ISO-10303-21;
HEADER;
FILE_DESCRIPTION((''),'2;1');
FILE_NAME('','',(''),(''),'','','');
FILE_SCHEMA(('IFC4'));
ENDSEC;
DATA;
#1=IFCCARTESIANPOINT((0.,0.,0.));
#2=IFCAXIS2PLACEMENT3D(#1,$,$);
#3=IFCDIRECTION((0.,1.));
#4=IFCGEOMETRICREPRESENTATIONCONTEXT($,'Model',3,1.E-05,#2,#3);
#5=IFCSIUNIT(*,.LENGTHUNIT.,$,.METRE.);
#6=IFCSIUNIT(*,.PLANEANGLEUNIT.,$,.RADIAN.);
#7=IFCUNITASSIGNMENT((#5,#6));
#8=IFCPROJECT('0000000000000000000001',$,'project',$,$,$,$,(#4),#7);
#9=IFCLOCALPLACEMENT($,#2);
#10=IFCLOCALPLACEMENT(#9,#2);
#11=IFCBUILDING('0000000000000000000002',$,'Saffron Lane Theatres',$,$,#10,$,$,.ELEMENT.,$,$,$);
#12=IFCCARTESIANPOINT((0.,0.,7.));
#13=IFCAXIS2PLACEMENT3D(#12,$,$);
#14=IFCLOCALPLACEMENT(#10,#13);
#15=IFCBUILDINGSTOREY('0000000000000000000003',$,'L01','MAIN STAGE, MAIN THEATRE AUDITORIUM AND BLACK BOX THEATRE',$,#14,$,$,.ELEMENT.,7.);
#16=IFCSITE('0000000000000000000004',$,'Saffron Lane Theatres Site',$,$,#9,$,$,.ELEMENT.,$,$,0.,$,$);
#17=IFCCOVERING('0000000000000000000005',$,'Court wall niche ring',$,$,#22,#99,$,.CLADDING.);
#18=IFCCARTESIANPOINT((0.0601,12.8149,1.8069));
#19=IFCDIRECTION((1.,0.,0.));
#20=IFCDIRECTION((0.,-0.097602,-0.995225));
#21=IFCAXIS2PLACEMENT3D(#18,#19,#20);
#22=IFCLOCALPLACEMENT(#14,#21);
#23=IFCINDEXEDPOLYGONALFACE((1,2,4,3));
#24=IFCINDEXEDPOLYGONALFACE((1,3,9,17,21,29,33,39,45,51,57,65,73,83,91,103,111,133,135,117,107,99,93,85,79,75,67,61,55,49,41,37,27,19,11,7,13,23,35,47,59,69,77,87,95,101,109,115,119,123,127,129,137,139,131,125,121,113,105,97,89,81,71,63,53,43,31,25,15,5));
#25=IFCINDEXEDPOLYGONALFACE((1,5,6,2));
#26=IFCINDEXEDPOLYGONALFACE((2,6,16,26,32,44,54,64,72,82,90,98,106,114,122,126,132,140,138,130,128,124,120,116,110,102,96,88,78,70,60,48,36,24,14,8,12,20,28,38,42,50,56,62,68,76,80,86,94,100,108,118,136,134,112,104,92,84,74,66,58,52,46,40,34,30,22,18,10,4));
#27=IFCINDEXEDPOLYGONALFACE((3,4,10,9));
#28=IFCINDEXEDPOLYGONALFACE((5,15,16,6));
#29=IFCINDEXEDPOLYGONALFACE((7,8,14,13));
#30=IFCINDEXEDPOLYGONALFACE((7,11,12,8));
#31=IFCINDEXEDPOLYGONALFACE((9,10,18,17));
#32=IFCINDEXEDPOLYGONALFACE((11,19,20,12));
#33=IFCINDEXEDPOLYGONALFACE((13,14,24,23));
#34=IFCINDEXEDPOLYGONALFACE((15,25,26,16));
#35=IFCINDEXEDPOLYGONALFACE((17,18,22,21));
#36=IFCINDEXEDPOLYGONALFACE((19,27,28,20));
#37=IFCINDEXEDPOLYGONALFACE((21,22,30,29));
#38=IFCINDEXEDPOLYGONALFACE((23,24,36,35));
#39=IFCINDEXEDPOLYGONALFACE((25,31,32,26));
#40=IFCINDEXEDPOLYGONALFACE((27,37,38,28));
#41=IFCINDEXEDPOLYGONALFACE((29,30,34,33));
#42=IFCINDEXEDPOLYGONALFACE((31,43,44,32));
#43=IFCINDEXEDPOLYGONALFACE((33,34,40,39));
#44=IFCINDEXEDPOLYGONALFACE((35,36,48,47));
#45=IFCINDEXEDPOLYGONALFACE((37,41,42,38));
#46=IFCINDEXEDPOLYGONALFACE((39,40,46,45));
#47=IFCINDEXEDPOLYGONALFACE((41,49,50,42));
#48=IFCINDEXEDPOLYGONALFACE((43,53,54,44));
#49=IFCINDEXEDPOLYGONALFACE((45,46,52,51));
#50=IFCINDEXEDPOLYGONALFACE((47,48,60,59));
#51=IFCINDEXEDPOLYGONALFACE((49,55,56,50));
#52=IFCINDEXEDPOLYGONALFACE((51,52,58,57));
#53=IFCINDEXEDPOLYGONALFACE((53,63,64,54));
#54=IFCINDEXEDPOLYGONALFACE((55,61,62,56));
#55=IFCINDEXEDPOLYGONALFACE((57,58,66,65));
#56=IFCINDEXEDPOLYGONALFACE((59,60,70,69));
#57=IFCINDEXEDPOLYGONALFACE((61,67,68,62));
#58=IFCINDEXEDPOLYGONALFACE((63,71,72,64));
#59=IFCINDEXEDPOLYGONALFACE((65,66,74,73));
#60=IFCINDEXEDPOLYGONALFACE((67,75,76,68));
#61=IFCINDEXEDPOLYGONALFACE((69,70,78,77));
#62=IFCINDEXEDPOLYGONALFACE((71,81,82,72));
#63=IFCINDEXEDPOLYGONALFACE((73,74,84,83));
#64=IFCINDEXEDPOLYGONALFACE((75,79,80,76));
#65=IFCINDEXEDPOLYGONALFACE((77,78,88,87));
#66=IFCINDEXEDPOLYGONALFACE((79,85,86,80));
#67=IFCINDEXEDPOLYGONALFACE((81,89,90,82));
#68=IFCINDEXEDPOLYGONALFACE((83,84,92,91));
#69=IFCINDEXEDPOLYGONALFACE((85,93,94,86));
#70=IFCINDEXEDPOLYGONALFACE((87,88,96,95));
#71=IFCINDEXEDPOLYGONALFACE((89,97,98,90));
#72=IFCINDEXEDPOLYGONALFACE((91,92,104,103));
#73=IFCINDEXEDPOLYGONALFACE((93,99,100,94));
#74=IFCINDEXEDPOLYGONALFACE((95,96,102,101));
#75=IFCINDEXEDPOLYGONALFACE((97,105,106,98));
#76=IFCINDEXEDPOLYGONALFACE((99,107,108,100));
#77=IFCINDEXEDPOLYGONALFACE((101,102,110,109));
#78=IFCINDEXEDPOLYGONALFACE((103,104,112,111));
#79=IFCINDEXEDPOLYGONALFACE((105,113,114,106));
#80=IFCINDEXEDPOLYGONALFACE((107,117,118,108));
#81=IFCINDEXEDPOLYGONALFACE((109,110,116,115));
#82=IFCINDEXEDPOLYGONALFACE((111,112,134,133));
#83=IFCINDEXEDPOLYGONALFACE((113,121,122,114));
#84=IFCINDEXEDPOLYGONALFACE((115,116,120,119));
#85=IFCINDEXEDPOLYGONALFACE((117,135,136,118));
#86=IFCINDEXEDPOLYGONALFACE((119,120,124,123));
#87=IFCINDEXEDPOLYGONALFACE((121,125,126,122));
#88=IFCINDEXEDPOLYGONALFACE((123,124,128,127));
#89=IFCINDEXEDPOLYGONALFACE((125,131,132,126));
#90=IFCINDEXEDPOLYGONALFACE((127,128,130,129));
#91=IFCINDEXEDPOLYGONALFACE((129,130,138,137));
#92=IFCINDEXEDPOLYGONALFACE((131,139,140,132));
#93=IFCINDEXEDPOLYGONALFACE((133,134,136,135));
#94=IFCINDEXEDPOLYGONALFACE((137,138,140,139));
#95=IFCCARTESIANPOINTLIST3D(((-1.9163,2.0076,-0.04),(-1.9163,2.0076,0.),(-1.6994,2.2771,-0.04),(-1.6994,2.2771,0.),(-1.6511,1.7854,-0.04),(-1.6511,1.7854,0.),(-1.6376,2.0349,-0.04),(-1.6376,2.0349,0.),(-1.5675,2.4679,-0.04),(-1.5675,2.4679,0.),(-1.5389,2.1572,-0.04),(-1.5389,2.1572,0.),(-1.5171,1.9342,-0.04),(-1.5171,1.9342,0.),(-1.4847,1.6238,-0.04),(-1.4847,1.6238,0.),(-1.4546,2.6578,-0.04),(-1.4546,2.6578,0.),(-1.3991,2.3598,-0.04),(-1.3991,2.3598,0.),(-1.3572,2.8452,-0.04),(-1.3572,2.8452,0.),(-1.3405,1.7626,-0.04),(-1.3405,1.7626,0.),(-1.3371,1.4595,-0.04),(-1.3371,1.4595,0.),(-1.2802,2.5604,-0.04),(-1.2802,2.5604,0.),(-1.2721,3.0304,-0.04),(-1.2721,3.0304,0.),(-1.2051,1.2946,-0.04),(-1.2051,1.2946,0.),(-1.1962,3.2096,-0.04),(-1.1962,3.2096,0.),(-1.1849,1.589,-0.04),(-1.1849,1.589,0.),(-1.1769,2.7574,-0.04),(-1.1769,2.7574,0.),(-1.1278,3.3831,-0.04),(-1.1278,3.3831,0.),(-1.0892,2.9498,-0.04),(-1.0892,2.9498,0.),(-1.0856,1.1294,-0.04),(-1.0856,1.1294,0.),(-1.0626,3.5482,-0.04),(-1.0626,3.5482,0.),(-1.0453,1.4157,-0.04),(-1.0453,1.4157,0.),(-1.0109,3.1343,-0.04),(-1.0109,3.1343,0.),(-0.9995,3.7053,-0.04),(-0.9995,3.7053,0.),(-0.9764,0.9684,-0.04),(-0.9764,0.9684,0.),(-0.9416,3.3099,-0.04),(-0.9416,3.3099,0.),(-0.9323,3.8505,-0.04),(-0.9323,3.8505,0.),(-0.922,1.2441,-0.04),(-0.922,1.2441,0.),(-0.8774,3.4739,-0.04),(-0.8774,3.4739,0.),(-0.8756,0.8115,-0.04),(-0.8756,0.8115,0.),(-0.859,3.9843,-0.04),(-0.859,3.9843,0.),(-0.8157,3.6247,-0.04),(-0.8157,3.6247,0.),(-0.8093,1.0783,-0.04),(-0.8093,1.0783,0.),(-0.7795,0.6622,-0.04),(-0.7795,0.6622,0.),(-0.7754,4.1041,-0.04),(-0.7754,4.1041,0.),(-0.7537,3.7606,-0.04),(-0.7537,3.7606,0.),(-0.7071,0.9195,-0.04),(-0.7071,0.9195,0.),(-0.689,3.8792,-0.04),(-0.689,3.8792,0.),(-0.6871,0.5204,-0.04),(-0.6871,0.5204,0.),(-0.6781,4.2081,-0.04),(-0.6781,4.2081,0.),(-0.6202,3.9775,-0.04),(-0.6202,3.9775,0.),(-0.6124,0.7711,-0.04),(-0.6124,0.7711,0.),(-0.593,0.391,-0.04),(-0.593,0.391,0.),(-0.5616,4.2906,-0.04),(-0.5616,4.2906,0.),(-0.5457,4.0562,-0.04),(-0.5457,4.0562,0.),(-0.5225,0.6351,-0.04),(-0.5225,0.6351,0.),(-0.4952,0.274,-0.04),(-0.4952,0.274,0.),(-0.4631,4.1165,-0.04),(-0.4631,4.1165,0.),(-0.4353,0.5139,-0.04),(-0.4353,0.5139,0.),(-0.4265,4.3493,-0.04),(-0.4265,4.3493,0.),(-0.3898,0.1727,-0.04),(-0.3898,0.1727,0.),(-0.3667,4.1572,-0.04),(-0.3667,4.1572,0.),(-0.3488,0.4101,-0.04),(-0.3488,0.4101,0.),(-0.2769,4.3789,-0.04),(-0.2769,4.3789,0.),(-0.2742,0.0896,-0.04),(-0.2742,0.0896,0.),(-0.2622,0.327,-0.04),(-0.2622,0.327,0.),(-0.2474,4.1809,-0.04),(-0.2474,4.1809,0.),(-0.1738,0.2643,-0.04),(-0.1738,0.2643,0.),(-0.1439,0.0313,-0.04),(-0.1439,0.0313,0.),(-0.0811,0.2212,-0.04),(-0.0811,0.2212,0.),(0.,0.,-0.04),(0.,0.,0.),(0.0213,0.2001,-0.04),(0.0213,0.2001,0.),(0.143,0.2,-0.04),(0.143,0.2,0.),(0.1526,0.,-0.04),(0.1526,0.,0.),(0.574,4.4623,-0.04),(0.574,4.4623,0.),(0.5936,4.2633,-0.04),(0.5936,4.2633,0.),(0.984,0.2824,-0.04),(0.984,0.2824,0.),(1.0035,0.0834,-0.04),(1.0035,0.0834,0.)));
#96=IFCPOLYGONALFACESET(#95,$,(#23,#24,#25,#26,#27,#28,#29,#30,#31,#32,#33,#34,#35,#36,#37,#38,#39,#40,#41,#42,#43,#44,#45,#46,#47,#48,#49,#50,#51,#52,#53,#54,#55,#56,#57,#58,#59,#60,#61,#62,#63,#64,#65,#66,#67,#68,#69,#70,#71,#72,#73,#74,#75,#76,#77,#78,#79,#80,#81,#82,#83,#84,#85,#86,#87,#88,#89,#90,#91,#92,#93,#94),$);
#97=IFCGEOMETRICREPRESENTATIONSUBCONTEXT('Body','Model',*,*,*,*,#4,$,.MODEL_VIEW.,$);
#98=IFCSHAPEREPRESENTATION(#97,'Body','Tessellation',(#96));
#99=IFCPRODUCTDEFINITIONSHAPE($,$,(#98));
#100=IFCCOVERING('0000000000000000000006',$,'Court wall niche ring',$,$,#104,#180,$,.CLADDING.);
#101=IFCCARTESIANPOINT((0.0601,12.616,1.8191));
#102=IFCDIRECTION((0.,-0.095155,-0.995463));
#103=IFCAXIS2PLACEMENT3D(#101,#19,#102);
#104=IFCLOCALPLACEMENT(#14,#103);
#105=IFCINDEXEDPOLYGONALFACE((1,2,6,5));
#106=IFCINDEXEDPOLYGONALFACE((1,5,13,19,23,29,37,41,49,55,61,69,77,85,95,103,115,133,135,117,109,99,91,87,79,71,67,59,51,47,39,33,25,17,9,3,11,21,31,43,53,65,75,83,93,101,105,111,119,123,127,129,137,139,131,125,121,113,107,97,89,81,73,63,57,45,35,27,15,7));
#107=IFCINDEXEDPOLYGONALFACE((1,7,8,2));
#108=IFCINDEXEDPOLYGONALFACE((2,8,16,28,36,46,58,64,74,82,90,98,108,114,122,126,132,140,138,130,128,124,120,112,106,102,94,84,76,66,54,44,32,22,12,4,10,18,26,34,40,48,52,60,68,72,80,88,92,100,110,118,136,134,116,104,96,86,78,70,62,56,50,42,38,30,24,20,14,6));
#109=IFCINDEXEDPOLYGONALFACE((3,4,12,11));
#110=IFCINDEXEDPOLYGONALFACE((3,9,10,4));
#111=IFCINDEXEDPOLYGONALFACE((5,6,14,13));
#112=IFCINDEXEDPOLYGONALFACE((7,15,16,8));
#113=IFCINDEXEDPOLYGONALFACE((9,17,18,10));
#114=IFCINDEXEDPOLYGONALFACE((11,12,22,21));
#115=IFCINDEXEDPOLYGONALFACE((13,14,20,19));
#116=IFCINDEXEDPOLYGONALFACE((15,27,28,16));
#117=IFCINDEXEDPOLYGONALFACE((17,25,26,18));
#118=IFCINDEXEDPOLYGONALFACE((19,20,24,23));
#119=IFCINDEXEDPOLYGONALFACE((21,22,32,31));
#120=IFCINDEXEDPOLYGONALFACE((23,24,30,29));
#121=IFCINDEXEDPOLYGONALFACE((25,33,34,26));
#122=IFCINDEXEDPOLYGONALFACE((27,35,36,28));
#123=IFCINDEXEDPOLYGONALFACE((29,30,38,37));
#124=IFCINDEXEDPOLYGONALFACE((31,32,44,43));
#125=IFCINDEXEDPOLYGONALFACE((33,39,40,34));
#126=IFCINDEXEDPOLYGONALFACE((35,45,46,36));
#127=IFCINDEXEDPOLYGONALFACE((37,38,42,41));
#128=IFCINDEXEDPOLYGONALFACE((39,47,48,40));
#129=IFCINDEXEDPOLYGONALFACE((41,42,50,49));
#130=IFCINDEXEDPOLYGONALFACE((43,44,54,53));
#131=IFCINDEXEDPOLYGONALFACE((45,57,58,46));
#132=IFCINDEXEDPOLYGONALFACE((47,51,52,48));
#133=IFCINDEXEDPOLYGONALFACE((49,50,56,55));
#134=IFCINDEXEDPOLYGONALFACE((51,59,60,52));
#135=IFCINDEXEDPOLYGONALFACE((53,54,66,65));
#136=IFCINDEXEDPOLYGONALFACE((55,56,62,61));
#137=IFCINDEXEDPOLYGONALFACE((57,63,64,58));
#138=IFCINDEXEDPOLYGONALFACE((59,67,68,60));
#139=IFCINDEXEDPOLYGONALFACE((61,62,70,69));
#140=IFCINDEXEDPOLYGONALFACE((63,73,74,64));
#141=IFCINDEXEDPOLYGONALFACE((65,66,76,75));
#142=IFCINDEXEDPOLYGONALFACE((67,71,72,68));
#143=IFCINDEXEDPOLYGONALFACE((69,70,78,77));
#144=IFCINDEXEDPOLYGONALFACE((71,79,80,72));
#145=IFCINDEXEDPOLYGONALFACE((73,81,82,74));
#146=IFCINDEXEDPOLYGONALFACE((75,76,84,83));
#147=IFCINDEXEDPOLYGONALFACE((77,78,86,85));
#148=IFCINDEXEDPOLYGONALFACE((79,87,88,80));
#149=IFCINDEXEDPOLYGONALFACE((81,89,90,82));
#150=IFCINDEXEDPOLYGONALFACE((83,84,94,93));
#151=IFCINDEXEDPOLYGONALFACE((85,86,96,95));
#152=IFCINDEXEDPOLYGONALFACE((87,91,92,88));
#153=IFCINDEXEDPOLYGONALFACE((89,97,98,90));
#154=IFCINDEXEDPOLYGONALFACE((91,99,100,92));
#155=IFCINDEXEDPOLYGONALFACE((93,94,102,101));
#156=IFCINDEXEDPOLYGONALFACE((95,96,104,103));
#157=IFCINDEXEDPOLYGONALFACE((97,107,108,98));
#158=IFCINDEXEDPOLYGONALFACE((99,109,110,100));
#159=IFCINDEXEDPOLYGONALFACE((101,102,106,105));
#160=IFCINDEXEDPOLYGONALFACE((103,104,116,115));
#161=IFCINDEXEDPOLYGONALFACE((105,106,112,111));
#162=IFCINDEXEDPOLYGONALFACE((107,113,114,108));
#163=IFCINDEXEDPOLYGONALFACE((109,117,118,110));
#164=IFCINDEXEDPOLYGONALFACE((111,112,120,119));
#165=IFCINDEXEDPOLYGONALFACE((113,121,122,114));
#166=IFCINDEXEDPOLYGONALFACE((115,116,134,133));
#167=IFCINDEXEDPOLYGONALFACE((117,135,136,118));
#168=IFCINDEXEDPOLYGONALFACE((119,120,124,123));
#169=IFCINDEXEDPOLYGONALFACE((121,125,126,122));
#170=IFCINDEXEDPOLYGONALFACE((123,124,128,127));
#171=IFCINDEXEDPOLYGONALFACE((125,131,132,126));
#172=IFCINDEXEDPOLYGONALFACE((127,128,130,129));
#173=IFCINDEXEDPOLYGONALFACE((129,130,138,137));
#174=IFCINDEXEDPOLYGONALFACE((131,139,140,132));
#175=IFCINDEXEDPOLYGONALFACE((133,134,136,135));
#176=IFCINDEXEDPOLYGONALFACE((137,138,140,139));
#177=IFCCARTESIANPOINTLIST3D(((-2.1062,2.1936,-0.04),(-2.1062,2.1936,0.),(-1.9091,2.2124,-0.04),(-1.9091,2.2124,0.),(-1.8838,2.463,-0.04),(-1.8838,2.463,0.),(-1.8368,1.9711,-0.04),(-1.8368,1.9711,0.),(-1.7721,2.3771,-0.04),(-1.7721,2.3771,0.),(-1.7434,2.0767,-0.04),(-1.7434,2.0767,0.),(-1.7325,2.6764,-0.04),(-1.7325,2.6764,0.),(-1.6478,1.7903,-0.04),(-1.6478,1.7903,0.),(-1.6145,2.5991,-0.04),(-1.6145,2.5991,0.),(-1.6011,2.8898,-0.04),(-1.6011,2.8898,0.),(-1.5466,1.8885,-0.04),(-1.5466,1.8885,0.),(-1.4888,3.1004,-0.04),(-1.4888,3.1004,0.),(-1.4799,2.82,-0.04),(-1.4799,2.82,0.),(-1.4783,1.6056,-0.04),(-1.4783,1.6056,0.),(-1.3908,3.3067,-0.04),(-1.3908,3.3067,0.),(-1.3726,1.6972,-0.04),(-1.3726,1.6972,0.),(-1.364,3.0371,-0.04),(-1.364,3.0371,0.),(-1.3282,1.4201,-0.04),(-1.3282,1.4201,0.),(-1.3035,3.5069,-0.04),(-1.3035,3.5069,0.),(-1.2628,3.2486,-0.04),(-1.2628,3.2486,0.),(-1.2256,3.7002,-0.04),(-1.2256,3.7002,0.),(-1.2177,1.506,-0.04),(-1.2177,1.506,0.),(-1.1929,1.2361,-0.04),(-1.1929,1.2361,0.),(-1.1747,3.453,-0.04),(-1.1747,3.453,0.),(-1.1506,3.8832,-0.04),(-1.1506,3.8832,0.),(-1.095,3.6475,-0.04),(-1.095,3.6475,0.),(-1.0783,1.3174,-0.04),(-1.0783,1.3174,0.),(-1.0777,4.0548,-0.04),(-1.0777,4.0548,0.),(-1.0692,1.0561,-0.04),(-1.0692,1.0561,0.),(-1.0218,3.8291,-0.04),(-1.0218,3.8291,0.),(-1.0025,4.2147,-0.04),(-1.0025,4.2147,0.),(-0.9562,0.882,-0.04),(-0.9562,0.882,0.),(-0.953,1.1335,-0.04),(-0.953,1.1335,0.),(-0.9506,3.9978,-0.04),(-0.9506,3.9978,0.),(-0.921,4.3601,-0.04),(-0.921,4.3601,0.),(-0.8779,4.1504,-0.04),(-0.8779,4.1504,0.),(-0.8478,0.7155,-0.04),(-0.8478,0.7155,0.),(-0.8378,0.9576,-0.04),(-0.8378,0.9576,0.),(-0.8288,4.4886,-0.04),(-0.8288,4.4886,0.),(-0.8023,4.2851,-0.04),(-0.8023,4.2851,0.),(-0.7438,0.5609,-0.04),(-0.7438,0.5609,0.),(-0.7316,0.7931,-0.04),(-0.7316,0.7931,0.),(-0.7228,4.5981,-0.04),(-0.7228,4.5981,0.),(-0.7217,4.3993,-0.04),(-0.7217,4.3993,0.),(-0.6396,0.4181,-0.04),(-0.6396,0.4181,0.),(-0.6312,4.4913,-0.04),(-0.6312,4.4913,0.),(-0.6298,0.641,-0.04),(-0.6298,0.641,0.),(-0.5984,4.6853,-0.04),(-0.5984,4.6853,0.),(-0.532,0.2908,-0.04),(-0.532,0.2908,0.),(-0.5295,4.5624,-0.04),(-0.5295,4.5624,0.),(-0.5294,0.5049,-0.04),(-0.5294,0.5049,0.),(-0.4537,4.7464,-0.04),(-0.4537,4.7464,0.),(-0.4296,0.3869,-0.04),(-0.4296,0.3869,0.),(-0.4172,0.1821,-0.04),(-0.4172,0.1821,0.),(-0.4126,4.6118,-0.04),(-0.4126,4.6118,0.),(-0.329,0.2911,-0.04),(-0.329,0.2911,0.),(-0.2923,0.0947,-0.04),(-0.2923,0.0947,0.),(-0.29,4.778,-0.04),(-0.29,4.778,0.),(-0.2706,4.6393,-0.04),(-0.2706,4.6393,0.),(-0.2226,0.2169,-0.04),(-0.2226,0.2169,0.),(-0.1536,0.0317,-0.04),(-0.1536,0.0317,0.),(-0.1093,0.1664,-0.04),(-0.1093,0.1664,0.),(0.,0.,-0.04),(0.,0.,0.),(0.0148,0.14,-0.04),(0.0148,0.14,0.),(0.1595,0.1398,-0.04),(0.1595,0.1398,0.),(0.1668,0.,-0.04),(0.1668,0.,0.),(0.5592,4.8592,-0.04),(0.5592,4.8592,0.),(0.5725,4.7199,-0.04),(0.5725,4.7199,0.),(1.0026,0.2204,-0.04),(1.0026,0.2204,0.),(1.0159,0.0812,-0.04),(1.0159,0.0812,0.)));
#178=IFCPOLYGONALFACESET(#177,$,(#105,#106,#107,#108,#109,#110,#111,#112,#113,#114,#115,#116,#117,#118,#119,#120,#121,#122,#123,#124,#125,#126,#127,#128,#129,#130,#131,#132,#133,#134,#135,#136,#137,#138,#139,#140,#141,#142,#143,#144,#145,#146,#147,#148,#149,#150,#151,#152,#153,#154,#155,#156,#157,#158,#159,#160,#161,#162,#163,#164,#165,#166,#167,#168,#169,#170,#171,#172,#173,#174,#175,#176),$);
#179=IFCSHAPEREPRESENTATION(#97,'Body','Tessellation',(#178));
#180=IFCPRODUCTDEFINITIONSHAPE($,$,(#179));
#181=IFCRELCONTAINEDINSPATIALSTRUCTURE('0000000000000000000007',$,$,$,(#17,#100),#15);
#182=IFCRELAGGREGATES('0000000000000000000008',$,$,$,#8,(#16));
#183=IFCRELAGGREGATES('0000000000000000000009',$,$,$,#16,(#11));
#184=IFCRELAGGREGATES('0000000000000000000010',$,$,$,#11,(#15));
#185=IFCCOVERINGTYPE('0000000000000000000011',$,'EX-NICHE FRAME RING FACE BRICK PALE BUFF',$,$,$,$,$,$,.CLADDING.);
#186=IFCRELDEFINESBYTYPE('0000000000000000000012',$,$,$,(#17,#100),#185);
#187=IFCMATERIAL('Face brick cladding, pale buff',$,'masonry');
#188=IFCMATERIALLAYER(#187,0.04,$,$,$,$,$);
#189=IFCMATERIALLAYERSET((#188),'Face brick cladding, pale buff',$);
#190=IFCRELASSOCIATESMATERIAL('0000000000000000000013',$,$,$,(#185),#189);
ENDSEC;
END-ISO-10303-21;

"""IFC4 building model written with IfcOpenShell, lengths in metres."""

from ifc_helpers import new_model, si_unit, direction, frame, origin, place, context, subcontext, project, spatial, polyline, outline, extrude, material, layer, layer_set, type_object, element, save


model = new_model("IFC4")

# Units and contexts
model_context = context("Model", 3, precision=1e-05, world=origin(), true_north=direction((0.0, 1.0)))
body_context = subcontext(model_context, "Body", "Model", "MODEL_VIEW")
ifc_project = project(units=[si_unit("LENGTHUNIT", "METRE"), si_unit("PLANEANGLEUNIT", "RADIAN")], contexts=[model_context])

# Site, building, storey
site_placement = place(None, origin())
site = spatial("IfcSite", under=ifc_project, at=site_placement, Name="Saffron Lane Theatres Site", CompositionType="ELEMENT", RefElevation=0.0)
building_placement = place(site_placement, origin())
building = spatial("IfcBuilding", under=site, at=building_placement, Name="Saffron Lane Theatres", CompositionType="ELEMENT")
storey_placement = place(building_placement, frame((0.0, 0.0, 7.0)))
storey = spatial("IfcBuildingStorey", under=building, at=storey_placement, Name="L01", Description="MAIN STAGE, MAIN THEATRE AUDITORIUM AND BLACK BOX THEATRE", CompositionType="ELEMENT", Elevation=7.0)

# Coverings
ifc_material_1 = material(Name="Face brick cladding, pale buff", Category="masonry")
ifc_layer_1 = layer(ifc_material_1, 0.04)
ifc_layer_set_1 = layer_set([ifc_layer_1], Name="Face brick cladding, pale buff")
covering_type_1 = type_object("IfcCoveringType", Name="EX-NICHE FRAME RING FACE BRICK PALE BUFF", PredefinedType="CLADDING", material=ifc_layer_set_1)
covering_1_placement = place(storey_placement, frame((0.0601, 12.8149, 1.8069), z_axis=(1.0, 0.0, 0.0), x_axis=(0.0, -0.097602, -0.995225)))
element("IfcCovering", 1, at=covering_1_placement, inside=storey, type_object=covering_type_1, Name="Court wall niche ring", PredefinedType="CLADDING", context=body_context, shape_type="SweptSolid", body=[
    extrude(outline(polyline([(0.0, 0.0), (0.1526, 0.0), (1.0035, 0.0834), (0.984, 0.2824), (0.143, 0.2), (0.0213, 0.2001), (-0.0811, 0.2212), (-0.1738, 0.2643), (-0.2622, 0.327), (-0.3488, 0.4101), (-0.4353, 0.5139), (-0.5225, 0.6351), (-0.6124, 0.7711), (-0.7071, 0.9195), (-0.8093, 1.0783), (-0.922, 1.2441), (-1.0453, 1.4157), (-1.1849, 1.589), (-1.3405, 1.7626), (-1.5171, 1.9342), (-1.6376, 2.0349), (-1.5389, 2.1572), (-1.3991, 2.3598), (-1.2802, 2.5604), (-1.1769, 2.7574), (-1.0892, 2.9498), (-1.0109, 3.1343), (-0.9416, 3.3099), (-0.8774, 3.4739), (-0.8157, 3.6247), (-0.7537, 3.7606), (-0.689, 3.8792), (-0.6202, 3.9775), (-0.5457, 4.0562), (-0.4631, 4.1165), (-0.3667, 4.1572), (-0.2474, 4.1809), (0.5936, 4.2633), (0.574, 4.4623), (-0.2769, 4.3789), (-0.4265, 4.3493), (-0.5616, 4.2906), (-0.6781, 4.2081), (-0.7754, 4.1041), (-0.859, 3.9843), (-0.9323, 3.8505), (-0.9995, 3.7053), (-1.0626, 3.5482), (-1.1278, 3.3831), (-1.1962, 3.2096), (-1.2721, 3.0304), (-1.3572, 2.8452), (-1.4546, 2.6578), (-1.5675, 2.4679), (-1.6994, 2.2771), (-1.9163, 2.0076), (-1.6511, 1.7854), (-1.4847, 1.6238), (-1.3371, 1.4595), (-1.2051, 1.2946), (-1.0856, 1.1294), (-0.9764, 0.9684), (-0.8756, 0.8115), (-0.7795, 0.6622), (-0.6871, 0.5204), (-0.593, 0.391), (-0.4952, 0.274), (-0.3898, 0.1727), (-0.2742, 0.0896), (-0.1439, 0.0313), (0.0, 0.0)])), origin(), (0.0, 0.0, -1.0), 0.04),
])
covering_2_placement = place(storey_placement, frame((0.0601, 12.616, 1.8191), z_axis=(1.0, 0.0, 0.0), x_axis=(0.0, -0.095155, -0.995463)))
element("IfcCovering", 2, at=covering_2_placement, inside=storey, type_object=covering_type_1, Name="Court wall niche ring", PredefinedType="CLADDING", context=body_context, shape_type="SweptSolid", body=[
    extrude(outline(polyline([(0.0, 0.0), (0.1668, 0.0), (1.0159, 0.0812), (1.0026, 0.2204), (0.1595, 0.1398), (0.0148, 0.14), (-0.1093, 0.1664), (-0.2226, 0.2169), (-0.329, 0.2911), (-0.4296, 0.3869), (-0.5294, 0.5049), (-0.6298, 0.641), (-0.7316, 0.7931), (-0.8378, 0.9576), (-0.953, 1.1335), (-1.0783, 1.3174), (-1.2177, 1.506), (-1.3726, 1.6972), (-1.5466, 1.8885), (-1.7434, 2.0767), (-1.9091, 2.2124), (-1.7721, 2.3771), (-1.6145, 2.5991), (-1.4799, 2.82), (-1.364, 3.0371), (-1.2628, 3.2486), (-1.1747, 3.453), (-1.095, 3.6475), (-1.0218, 3.8291), (-0.9506, 3.9978), (-0.8779, 4.1504), (-0.8023, 4.2851), (-0.7217, 4.3993), (-0.6312, 4.4913), (-0.5295, 4.5624), (-0.4126, 4.6118), (-0.2706, 4.6393), (0.5725, 4.7199), (0.5592, 4.8592), (-0.29, 4.778), (-0.4537, 4.7464), (-0.5984, 4.6853), (-0.7228, 4.5981), (-0.8288, 4.4886), (-0.921, 4.3601), (-1.0025, 4.2147), (-1.0777, 4.0548), (-1.1506, 3.8832), (-1.2256, 3.7002), (-1.3035, 3.5069), (-1.3908, 3.3067), (-1.4888, 3.1004), (-1.6011, 2.8898), (-1.7325, 2.6764), (-1.8838, 2.463), (-2.1062, 2.1936), (-1.8368, 1.9711), (-1.6478, 1.7903), (-1.4783, 1.6056), (-1.3282, 1.4201), (-1.1929, 1.2361), (-1.0692, 1.0561), (-0.9562, 0.882), (-0.8478, 0.7155), (-0.7438, 0.5609), (-0.6396, 0.4181), (-0.532, 0.2908), (-0.4172, 0.1821), (-0.2923, 0.0947), (-0.1536, 0.0317), (0.0, 0.0)])), origin(), (0.0, 0.0, -1.0), 0.04),
])

save(model, "model.ifc")
